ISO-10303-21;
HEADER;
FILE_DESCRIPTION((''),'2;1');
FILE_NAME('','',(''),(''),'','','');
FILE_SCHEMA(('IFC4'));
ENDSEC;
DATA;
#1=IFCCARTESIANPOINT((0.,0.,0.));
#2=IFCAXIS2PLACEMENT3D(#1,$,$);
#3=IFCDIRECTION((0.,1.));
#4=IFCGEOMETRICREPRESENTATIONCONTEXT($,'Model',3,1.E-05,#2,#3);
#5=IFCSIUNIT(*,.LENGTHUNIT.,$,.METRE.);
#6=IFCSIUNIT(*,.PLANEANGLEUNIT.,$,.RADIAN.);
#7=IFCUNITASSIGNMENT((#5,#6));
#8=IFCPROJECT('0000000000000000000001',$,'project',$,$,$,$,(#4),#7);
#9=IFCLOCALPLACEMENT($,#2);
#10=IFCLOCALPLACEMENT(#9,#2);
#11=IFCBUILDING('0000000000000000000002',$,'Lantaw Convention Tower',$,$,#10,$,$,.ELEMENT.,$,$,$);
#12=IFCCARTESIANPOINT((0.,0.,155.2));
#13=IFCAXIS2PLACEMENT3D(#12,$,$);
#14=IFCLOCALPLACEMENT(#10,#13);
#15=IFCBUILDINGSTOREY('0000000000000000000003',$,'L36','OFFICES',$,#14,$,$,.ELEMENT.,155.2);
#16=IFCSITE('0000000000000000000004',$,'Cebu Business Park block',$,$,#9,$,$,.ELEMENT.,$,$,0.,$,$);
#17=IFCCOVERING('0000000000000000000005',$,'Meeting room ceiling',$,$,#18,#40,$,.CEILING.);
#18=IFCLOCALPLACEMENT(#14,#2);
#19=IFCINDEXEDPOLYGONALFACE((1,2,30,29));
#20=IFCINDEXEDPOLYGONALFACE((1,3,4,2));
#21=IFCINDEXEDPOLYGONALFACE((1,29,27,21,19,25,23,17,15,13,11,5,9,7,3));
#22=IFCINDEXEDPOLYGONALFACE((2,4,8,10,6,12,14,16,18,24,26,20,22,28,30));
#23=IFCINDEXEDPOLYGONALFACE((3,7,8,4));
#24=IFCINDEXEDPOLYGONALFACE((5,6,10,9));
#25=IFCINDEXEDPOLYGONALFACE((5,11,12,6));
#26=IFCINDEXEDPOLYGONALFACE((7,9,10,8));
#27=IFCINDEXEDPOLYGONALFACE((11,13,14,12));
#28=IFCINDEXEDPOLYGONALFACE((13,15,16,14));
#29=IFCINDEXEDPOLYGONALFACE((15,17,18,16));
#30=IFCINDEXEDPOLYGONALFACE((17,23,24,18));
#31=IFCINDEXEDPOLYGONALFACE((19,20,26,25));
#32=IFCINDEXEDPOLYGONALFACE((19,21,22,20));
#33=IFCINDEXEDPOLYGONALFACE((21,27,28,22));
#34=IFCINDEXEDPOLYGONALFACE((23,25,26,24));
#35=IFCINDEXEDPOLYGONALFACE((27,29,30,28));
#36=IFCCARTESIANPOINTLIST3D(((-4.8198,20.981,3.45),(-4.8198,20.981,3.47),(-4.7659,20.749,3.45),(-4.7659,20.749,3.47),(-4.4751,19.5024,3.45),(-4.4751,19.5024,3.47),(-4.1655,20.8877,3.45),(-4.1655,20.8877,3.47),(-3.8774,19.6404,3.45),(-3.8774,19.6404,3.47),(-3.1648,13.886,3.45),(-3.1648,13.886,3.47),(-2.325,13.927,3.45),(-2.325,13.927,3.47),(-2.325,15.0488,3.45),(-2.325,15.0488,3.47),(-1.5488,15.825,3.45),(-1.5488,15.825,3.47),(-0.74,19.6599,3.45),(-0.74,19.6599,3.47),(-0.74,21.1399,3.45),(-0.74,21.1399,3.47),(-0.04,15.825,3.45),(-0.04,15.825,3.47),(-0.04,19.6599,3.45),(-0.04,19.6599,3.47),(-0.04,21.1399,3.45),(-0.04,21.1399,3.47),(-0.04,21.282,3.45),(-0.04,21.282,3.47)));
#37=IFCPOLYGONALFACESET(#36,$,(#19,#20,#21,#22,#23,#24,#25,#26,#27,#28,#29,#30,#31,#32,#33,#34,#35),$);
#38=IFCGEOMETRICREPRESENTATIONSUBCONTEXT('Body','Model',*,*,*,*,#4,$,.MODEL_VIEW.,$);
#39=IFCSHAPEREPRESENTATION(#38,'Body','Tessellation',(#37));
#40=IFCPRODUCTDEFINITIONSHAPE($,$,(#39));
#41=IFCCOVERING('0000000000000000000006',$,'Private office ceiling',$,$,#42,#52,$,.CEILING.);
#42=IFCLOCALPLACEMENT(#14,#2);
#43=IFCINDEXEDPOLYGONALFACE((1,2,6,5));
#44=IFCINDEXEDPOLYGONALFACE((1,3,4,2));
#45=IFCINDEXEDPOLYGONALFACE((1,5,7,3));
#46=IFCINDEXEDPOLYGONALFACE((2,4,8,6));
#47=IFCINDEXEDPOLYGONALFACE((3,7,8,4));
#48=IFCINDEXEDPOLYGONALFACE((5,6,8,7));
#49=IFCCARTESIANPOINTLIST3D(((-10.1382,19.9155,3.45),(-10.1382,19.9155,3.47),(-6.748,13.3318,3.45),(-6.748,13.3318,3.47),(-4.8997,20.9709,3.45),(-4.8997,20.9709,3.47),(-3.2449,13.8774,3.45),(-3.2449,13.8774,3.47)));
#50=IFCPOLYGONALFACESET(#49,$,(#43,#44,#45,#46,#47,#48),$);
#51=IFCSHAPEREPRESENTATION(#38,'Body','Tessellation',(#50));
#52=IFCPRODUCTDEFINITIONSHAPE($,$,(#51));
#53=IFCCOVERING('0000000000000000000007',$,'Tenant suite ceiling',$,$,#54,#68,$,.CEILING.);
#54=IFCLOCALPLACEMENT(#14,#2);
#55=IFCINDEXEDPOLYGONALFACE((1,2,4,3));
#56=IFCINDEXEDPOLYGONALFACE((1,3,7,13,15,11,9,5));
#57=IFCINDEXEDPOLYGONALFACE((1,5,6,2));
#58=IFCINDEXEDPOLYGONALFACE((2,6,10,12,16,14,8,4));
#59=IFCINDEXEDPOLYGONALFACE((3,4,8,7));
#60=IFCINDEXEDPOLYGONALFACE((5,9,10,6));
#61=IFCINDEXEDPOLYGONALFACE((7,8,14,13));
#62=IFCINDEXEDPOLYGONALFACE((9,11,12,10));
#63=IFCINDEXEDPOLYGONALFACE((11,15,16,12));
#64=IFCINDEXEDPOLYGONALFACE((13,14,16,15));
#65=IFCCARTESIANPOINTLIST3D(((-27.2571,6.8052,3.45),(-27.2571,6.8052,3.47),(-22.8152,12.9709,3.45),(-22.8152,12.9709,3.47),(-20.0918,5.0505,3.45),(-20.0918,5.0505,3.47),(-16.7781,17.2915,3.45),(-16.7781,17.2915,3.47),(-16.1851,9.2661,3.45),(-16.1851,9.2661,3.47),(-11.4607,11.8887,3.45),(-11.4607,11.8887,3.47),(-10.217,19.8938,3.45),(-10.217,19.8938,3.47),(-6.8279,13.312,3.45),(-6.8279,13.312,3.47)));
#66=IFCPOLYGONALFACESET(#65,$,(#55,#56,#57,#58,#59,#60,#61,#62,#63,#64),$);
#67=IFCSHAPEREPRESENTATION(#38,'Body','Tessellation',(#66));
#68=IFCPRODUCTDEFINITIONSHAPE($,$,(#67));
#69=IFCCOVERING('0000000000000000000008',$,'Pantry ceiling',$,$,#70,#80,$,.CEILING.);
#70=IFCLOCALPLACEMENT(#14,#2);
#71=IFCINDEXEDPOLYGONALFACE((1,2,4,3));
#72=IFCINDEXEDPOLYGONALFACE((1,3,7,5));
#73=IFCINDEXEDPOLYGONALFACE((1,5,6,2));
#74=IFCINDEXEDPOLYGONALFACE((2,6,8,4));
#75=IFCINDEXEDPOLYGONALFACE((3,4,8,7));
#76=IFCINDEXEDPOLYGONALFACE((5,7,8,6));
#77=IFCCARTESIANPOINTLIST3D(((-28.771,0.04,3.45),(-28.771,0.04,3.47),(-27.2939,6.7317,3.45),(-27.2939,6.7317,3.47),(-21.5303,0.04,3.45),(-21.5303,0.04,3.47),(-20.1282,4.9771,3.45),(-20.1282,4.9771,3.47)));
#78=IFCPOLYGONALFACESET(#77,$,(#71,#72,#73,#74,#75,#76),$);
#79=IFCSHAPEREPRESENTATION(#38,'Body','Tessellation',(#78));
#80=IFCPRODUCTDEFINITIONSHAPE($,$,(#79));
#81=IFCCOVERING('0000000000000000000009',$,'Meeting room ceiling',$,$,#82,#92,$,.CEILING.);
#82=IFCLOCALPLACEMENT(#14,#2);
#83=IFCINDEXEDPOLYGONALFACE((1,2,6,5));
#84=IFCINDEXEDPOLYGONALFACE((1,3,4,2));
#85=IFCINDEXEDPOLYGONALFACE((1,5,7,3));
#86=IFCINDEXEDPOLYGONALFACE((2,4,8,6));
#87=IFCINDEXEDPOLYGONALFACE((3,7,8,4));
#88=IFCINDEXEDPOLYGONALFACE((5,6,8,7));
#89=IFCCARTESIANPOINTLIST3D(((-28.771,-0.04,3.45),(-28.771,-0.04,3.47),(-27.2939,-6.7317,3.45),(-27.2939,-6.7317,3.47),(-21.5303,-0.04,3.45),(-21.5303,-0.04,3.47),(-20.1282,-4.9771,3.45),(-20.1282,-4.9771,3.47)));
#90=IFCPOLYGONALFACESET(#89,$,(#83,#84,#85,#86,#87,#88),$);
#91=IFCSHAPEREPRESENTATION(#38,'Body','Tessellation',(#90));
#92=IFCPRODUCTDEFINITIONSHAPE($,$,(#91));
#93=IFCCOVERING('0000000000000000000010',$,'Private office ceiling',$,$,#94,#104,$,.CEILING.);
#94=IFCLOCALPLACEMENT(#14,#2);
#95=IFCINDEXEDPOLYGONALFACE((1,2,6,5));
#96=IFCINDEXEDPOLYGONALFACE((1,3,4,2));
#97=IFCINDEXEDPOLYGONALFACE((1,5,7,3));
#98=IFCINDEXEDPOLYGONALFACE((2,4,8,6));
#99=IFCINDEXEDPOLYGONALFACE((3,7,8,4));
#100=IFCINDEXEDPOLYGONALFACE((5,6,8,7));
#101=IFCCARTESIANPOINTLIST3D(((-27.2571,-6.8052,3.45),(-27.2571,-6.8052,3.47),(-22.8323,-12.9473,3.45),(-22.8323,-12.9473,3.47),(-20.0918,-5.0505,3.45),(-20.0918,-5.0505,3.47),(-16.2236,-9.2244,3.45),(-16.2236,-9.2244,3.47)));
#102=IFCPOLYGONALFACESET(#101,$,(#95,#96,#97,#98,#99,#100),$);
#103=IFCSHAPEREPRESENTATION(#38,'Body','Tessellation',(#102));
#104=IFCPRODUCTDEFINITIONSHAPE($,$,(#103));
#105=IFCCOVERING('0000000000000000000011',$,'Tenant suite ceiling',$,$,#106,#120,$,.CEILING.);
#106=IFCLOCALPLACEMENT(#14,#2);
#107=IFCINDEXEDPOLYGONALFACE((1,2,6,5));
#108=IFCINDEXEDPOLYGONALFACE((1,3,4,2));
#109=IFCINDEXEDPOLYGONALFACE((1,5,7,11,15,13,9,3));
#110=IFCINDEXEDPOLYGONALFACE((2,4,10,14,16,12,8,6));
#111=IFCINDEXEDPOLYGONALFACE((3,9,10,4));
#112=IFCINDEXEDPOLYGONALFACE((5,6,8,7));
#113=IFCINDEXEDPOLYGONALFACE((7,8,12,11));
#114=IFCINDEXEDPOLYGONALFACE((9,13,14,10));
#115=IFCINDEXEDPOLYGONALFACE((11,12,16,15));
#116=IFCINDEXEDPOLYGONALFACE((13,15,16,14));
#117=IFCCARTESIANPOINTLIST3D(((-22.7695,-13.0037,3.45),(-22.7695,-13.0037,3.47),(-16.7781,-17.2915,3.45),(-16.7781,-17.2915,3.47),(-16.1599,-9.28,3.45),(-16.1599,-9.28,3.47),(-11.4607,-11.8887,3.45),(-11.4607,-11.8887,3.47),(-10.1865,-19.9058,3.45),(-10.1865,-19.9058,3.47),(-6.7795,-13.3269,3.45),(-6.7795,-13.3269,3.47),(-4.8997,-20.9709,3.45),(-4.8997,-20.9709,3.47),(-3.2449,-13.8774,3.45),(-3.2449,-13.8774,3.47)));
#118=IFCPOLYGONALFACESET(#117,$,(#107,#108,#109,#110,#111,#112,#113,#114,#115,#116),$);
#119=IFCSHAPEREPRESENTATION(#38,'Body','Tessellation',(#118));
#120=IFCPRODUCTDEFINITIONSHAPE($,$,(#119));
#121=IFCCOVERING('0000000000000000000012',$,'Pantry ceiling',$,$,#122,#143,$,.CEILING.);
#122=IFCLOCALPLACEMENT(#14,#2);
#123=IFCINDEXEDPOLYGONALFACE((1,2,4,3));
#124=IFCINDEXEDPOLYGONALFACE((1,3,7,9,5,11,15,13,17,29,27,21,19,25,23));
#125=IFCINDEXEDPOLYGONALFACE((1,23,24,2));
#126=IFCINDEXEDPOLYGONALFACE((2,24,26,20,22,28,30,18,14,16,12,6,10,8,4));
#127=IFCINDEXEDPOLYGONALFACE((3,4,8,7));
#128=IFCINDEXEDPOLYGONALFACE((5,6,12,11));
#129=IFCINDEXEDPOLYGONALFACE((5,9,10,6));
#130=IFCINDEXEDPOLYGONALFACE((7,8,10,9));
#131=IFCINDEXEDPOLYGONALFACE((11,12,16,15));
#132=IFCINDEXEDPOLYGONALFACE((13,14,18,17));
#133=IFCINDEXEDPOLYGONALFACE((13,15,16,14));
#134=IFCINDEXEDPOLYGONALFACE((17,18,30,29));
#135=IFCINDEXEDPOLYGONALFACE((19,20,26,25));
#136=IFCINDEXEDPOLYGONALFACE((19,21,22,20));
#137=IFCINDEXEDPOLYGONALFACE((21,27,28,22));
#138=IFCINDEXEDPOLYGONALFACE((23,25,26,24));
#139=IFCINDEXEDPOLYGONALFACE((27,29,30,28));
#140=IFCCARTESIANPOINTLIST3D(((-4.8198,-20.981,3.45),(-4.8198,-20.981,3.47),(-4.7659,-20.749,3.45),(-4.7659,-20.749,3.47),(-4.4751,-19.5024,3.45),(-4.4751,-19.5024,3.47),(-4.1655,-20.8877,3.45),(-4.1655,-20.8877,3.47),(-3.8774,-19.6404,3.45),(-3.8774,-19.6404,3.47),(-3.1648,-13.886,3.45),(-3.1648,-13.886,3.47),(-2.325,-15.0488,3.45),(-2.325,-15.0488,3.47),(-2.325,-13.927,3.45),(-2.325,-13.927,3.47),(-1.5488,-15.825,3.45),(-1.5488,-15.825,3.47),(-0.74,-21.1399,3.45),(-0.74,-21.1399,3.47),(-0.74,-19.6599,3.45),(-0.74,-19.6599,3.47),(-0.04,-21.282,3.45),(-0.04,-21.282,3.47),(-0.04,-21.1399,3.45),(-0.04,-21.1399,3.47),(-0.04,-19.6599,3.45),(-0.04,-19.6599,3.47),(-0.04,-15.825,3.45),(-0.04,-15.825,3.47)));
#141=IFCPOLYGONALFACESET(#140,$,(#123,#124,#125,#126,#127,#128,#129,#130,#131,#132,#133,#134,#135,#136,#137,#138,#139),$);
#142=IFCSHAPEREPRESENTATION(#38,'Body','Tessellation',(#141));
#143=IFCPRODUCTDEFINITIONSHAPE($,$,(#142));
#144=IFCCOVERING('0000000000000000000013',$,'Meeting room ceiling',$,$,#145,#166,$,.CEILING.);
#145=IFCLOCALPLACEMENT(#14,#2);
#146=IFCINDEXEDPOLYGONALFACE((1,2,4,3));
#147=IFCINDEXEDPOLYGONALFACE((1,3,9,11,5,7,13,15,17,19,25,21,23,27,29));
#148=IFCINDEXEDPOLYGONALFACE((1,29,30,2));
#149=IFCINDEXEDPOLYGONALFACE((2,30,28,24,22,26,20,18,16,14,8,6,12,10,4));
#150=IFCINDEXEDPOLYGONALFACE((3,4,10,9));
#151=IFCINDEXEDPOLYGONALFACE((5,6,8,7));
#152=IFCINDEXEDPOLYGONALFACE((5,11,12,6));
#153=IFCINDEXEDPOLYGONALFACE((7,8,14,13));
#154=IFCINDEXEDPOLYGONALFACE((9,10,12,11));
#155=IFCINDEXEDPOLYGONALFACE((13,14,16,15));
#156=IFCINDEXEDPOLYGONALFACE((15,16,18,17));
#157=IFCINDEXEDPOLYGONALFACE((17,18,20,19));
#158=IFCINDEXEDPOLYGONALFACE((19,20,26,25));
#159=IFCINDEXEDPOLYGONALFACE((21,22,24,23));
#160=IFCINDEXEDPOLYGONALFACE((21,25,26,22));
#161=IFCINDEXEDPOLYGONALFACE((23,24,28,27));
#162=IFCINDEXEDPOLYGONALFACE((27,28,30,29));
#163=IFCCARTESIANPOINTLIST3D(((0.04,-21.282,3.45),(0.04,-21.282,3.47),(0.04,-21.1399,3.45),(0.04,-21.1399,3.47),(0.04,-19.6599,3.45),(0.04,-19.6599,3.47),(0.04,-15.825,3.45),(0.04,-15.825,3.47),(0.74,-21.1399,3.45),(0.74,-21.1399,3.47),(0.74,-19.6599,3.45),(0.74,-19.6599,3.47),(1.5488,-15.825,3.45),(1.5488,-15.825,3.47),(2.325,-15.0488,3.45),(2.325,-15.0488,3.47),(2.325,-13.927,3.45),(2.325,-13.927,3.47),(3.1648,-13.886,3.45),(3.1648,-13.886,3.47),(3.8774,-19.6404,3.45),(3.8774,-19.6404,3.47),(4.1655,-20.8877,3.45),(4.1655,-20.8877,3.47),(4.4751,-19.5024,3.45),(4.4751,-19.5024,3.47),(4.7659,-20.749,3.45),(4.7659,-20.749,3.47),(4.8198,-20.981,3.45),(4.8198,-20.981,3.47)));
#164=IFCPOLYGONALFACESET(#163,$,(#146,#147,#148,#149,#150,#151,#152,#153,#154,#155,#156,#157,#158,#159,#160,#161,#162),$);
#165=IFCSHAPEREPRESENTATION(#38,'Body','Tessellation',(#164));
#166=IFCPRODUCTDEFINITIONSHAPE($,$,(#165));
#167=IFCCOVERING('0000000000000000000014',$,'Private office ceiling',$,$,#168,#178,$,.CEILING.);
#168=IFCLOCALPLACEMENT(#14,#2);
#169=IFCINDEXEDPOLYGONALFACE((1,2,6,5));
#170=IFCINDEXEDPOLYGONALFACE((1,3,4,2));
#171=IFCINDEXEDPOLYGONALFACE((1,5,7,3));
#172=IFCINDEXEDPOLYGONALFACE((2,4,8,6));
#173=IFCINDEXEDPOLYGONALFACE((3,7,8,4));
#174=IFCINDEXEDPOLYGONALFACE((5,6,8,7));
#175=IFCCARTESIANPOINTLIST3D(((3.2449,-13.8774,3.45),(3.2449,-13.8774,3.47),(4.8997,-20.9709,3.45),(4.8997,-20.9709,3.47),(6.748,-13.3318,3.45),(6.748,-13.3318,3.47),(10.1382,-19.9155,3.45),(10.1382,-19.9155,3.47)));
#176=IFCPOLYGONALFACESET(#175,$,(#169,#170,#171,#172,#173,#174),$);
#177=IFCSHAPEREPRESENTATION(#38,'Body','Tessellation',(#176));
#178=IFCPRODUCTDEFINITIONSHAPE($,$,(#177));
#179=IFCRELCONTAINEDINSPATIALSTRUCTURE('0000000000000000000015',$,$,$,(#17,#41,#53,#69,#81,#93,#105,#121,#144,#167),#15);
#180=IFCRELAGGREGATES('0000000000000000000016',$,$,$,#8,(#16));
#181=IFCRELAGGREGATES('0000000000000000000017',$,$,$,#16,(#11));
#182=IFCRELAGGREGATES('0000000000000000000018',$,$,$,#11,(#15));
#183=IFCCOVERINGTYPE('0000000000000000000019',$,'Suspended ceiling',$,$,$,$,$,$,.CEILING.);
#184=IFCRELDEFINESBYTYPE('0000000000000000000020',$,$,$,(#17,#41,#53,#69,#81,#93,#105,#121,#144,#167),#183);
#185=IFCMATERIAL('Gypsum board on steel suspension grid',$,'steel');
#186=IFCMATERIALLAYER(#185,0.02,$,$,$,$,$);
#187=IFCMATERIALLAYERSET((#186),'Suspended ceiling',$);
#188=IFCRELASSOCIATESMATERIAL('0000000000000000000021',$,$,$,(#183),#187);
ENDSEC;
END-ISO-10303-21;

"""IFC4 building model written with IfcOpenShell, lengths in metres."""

from ifc_helpers import new_model, si_unit, direction, frame, origin, place, context, subcontext, project, spatial, polyline, outline, extrude, material, layer, layer_set, type_object, element, save


model = new_model("IFC4")

# Units and contexts
model_context = context("Model", 3, precision=1e-05, world=origin(), true_north=direction((0.0, 1.0)))
body_context = subcontext(model_context, "Body", "Model", "MODEL_VIEW")
ifc_project = project(units=[si_unit("LENGTHUNIT", "METRE"), si_unit("PLANEANGLEUNIT", "RADIAN")], contexts=[model_context])

# Site, building, storey
site_placement = place(None, origin())
site = spatial("IfcSite", under=ifc_project, at=site_placement, Name="Cebu Business Park block", CompositionType="ELEMENT", RefElevation=0.0)
building_placement = place(site_placement, origin())
building = spatial("IfcBuilding", under=site, at=building_placement, Name="Lantaw Convention Tower", CompositionType="ELEMENT")
storey_placement = place(building_placement, frame((0.0, 0.0, 155.2)))
storey = spatial("IfcBuildingStorey", under=building, at=storey_placement, Name="L36", Description="OFFICES", CompositionType="ELEMENT", Elevation=155.2)

# Coverings
ifc_material_1 = material(Name="Gypsum board on steel suspension grid", Category="steel")
ifc_layer_1 = layer(ifc_material_1, 0.02)
ifc_layer_set_1 = layer_set([ifc_layer_1], Name="Suspended ceiling")
covering_type = type_object("IfcCoveringType", Name="Suspended ceiling", PredefinedType="CEILING", material=ifc_layer_set_1)
covering_1_placement = place(storey_placement, frame((0.0, 0.0, 3.45)))
element("IfcCovering", 1, at=covering_1_placement, inside=storey, type_object=covering_type, Name="Meeting room ceiling", PredefinedType="CEILING", context=body_context, shape_type="SweptSolid", body=[
    extrude(outline(polyline([(-4.4751, 19.5024), (-3.1648, 13.886), (-2.325, 13.927), (-2.325, 15.0488), (-1.5488, 15.825), (-0.04, 15.825), (-0.04, 19.6599), (-0.74, 19.6599), (-0.74, 21.1399), (-0.04, 21.1399), (-0.04, 21.282), (-4.8198, 20.981), (-4.7659, 20.749), (-4.1655, 20.8877), (-3.8774, 19.6404), (-4.4751, 19.5024)])), origin(), (0.0, 0.0, 1.0), 0.02),
])
covering_2_placement = place(storey_placement, frame((0.0, 0.0, 3.45)))
element("IfcCovering", 2, at=covering_2_placement, inside=storey, type_object=covering_type, Name="Private office ceiling", PredefinedType="CEILING", context=body_context, shape_type="SweptSolid", body=[
    extrude(outline(polyline([(-3.2449, 13.8774), (-4.8997, 20.9709), (-10.1382, 19.9155), (-6.748, 13.3318), (-3.2449, 13.8774)])), origin(), (0.0, 0.0, 1.0), 0.02),
])
covering_3_placement = place(storey_placement, frame((0.0, 0.0, 3.45)))
element("IfcCovering", 3, at=covering_3_placement, inside=storey, type_object=covering_type, Name="Tenant suite ceiling", PredefinedType="CEILING", context=body_context, shape_type="SweptSolid", body=[
    extrude(outline(polyline([(-6.8279, 13.312), (-10.217, 19.8938), (-16.7781, 17.2915), (-22.8152, 12.9709), (-27.2571, 6.8052), (-20.0918, 5.0505), (-16.1851, 9.2661), (-11.4607, 11.8887), (-6.8279, 13.312)])), origin(), (0.0, 0.0, 1.0), 0.02),
])
covering_4_placement = place(storey_placement, frame((0.0, 0.0, 3.45)))
element("IfcCovering", 4, at=covering_4_placement, inside=storey, type_object=covering_type, Name="Pantry ceiling", PredefinedType="CEILING", context=body_context, shape_type="SweptSolid", body=[
    extrude(outline(polyline([(-20.1282, 4.9771), (-27.2939, 6.7317), (-28.771, 0.04), (-21.5303, 0.04), (-20.1282, 4.9771)])), origin(), (0.0, 0.0, 1.0), 0.02),
])
covering_5_placement = place(storey_placement, frame((0.0, 0.0, 3.45)))
element("IfcCovering", 5, at=covering_5_placement, inside=storey, type_object=covering_type, Name="Meeting room ceiling", PredefinedType="CEILING", context=body_context, shape_type="SweptSolid", body=[
    extrude(outline(polyline([(-21.5303, -0.04), (-28.771, -0.04), (-27.2939, -6.7317), (-20.1282, -4.9771), (-21.5303, -0.04)])), origin(), (0.0, 0.0, 1.0), 0.02),
])
covering_6_placement = place(storey_placement, frame((0.0, 0.0, 3.45)))
element("IfcCovering", 6, at=covering_6_placement, inside=storey, type_object=covering_type, Name="Private office ceiling", PredefinedType="CEILING", context=body_context, shape_type="SweptSolid", body=[
    extrude(outline(polyline([(-20.0918, -5.0505), (-27.2571, -6.8052), (-22.8323, -12.9473), (-16.2236, -9.2244), (-20.0918, -5.0505)])), origin(), (0.0, 0.0, 1.0), 0.02),
])
covering_7_placement = place(storey_placement, frame((0.0, 0.0, 3.45)))
element("IfcCovering", 7, at=covering_7_placement, inside=storey, type_object=covering_type, Name="Tenant suite ceiling", PredefinedType="CEILING", context=body_context, shape_type="SweptSolid", body=[
    extrude(outline(polyline([(-16.1599, -9.28), (-22.7695, -13.0037), (-16.7781, -17.2915), (-10.1865, -19.9058), (-4.8997, -20.9709), (-3.2449, -13.8774), (-6.7795, -13.3269), (-11.4607, -11.8887), (-16.1599, -9.28)])), origin(), (0.0, 0.0, 1.0), 0.02),
])
covering_8_placement = place(storey_placement, frame((0.0, 0.0, 3.45)))
element("IfcCovering", 8, at=covering_8_placement, inside=storey, type_object=covering_type, Name="Pantry ceiling", PredefinedType="CEILING", context=body_context, shape_type="SweptSolid", body=[
    extrude(outline(polyline([(-2.325, -15.0488), (-2.325, -13.927), (-3.1648, -13.886), (-4.4751, -19.5024), (-3.8774, -19.6404), (-4.1655, -20.8877), (-4.7659, -20.749), (-4.8198, -20.981), (-0.04, -21.282), (-0.04, -21.1399), (-0.74, -21.1399), (-0.74, -19.6599), (-0.04, -19.6599), (-0.04, -15.825), (-1.5488, -15.825), (-2.325, -15.0488)])), origin(), (0.0, 0.0, 1.0), 0.02),
])
covering_9_placement = place(storey_placement, frame((0.0, 0.0, 3.45)))
element("IfcCovering", 9, at=covering_9_placement, inside=storey, type_object=covering_type, Name="Meeting room ceiling", PredefinedType="CEILING", context=body_context, shape_type="SweptSolid", body=[
    extrude(outline(polyline([(4.4751, -19.5024), (3.1648, -13.886), (2.325, -13.927), (2.325, -15.0488), (1.5488, -15.825), (0.04, -15.825), (0.04, -19.6599), (0.74, -19.6599), (0.74, -21.1399), (0.04, -21.1399), (0.04, -21.282), (4.8198, -20.981), (4.7659, -20.749), (4.1655, -20.8877), (3.8774, -19.6404), (4.4751, -19.5024)])), origin(), (0.0, 0.0, 1.0), 0.02),
])
covering_10_placement = place(storey_placement, frame((0.0, 0.0, 3.45)))
element("IfcCovering", 10, at=covering_10_placement, inside=storey, type_object=covering_type, Name="Private office ceiling", PredefinedType="CEILING", context=body_context, shape_type="SweptSolid", body=[
    extrude(outline(polyline([(3.2449, -13.8774), (4.8997, -20.9709), (10.1382, -19.9155), (6.748, -13.3318), (3.2449, -13.8774)])), origin(), (0.0, 0.0, 1.0), 0.02),
])

save(model, "model.ifc")
